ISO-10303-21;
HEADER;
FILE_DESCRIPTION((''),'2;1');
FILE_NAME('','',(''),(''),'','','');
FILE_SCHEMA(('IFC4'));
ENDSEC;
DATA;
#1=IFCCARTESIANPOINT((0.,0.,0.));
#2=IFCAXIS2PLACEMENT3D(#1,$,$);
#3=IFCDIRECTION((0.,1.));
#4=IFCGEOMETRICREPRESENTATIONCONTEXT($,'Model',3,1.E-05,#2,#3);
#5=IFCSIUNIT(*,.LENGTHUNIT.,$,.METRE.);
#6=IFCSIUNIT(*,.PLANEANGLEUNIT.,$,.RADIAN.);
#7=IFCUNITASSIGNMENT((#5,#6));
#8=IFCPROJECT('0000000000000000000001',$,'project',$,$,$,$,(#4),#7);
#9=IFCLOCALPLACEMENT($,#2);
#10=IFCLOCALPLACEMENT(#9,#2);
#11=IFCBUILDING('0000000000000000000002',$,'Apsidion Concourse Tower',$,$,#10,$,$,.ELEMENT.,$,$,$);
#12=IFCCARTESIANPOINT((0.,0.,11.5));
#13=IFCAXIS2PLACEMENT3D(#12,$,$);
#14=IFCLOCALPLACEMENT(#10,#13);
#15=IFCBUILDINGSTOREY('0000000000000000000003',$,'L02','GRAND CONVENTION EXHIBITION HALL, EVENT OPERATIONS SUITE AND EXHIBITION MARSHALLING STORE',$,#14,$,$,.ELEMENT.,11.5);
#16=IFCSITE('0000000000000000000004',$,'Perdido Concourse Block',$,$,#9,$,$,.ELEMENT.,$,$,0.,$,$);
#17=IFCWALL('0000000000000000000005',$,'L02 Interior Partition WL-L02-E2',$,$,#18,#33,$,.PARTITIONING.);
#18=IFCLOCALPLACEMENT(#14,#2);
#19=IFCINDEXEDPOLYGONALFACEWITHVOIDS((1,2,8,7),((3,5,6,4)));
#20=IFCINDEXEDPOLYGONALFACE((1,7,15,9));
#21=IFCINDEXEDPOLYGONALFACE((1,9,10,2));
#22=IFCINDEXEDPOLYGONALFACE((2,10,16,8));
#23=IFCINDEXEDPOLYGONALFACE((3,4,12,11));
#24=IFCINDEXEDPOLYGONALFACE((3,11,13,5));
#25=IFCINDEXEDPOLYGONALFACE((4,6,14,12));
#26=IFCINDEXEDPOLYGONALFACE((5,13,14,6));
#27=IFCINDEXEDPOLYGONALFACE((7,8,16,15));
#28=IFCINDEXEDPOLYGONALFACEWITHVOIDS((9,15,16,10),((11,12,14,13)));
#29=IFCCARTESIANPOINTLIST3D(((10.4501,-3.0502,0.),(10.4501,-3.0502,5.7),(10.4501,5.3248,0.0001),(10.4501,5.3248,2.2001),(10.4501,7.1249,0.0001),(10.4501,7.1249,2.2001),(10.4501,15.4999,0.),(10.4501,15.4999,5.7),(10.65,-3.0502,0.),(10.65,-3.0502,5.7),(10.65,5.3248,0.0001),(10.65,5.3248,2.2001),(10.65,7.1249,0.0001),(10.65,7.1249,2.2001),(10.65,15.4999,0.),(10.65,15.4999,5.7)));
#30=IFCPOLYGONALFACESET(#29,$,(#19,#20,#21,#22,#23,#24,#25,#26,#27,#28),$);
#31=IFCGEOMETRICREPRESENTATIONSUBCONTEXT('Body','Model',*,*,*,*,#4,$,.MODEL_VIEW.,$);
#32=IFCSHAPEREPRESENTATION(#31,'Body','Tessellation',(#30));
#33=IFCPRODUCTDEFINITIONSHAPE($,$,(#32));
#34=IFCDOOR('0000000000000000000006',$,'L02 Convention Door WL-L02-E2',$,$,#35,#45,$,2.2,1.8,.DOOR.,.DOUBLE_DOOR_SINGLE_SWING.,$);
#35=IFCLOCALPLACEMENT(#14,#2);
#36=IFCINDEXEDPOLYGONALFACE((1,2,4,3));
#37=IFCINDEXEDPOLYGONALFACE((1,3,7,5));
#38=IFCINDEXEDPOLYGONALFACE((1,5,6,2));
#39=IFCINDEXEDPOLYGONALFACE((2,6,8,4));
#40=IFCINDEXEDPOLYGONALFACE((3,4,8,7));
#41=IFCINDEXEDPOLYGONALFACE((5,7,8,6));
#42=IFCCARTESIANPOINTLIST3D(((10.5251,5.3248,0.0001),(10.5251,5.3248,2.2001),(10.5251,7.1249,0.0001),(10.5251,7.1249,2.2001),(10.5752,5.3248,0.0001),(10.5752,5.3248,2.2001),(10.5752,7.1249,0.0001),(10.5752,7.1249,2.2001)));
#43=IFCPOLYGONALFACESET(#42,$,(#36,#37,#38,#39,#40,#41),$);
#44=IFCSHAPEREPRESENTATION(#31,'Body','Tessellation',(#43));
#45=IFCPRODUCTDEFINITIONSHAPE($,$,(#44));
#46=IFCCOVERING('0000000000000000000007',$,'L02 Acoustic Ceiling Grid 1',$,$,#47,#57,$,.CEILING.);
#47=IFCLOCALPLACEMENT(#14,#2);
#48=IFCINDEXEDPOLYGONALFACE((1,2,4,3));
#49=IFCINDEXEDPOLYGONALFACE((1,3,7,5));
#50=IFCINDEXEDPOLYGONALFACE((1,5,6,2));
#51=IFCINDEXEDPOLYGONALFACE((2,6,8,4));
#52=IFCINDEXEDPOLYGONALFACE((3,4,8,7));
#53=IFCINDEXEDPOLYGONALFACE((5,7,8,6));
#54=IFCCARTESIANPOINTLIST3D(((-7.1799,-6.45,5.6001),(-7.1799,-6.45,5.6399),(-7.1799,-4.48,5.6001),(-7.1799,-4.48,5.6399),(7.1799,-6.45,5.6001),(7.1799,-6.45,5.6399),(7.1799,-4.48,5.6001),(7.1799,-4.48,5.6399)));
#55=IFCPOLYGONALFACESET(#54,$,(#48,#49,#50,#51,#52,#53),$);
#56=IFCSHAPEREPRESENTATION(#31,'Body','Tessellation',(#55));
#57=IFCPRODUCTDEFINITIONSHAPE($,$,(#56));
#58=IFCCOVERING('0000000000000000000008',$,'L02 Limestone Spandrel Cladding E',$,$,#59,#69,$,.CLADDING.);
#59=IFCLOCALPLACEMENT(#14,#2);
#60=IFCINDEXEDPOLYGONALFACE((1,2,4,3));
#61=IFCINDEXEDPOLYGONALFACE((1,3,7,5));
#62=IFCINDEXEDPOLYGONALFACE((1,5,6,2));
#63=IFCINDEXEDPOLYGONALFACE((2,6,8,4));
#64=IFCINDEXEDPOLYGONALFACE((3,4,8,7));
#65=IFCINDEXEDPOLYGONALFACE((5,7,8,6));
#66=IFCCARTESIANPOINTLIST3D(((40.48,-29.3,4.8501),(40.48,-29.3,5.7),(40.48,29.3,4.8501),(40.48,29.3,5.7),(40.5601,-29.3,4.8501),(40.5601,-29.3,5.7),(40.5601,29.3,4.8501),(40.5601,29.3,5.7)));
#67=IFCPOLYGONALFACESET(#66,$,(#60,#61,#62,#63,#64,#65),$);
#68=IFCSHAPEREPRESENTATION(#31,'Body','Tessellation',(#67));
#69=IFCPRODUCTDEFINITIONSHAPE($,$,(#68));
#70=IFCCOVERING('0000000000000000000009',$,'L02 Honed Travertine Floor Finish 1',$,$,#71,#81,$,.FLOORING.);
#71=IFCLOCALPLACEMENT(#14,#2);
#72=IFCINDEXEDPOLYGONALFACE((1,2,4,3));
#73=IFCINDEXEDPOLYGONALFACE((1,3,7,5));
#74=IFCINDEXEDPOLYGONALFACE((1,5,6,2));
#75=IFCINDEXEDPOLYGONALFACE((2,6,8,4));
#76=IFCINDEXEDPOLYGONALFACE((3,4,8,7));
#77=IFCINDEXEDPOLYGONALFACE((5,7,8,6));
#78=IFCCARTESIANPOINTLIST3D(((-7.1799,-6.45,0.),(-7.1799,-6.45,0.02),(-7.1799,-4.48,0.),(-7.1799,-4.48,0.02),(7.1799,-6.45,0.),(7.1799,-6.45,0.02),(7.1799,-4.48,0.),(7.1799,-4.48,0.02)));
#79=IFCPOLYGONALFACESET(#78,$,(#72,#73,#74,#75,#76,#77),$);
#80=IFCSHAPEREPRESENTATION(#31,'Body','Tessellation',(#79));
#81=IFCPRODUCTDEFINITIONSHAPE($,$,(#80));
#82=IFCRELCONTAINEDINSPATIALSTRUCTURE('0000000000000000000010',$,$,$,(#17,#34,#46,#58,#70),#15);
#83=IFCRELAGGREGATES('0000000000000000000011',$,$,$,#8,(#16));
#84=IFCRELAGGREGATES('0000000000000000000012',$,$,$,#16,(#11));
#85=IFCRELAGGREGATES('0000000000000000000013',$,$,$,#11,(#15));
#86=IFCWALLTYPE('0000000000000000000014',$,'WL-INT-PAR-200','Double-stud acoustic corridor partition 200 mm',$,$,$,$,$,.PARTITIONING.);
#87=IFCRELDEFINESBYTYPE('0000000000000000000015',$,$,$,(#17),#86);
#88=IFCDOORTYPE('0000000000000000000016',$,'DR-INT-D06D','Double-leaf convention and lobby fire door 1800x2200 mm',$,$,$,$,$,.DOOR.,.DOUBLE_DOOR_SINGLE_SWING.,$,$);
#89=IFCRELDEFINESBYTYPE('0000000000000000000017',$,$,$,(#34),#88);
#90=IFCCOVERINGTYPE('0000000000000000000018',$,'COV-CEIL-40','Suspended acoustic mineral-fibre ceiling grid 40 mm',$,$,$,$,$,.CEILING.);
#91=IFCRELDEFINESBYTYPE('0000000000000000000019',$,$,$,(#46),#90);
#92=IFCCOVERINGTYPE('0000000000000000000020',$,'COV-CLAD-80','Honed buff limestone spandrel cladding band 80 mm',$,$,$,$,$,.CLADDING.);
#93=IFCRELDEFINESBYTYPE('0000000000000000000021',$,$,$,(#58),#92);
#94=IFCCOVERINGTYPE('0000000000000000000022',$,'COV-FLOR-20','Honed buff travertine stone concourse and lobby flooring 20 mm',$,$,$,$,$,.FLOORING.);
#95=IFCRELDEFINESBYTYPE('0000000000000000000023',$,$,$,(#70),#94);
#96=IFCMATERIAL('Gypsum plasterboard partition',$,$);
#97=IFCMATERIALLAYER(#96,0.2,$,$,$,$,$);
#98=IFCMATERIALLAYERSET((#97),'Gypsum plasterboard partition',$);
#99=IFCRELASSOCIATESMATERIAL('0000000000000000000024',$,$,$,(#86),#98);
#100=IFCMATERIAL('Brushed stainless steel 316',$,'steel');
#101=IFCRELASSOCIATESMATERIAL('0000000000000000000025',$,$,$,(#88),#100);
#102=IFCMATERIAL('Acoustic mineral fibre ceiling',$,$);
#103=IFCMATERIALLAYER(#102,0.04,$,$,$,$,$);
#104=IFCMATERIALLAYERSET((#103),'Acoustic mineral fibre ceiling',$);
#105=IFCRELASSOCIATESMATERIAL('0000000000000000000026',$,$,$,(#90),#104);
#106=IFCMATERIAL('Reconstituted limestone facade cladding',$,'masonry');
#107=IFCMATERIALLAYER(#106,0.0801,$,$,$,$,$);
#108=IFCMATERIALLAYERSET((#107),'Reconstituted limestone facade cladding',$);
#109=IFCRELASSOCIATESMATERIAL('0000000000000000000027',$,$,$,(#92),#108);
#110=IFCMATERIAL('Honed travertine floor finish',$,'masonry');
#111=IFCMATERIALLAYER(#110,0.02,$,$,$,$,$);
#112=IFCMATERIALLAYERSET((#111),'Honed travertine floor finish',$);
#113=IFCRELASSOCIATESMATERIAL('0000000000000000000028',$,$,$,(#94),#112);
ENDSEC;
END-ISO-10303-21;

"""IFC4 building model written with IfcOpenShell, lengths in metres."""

from ifc_helpers import new_model, si_unit, direction, frame, frame_2d, origin, place, context, subcontext, project, spatial, polyline, rectangle, outline, extrude, material, layer, layer_set, type_object, element, fill, save


model = new_model("IFC4")

# Units and contexts
model_context = context("Model", 3, precision=1e-05, world=origin(), true_north=direction((0.0, 1.0)))
body_context = subcontext(model_context, "Body", "Model", "MODEL_VIEW")
ifc_project = project(units=[si_unit("LENGTHUNIT", "METRE"), si_unit("PLANEANGLEUNIT", "RADIAN")], contexts=[model_context])

# Site, building, storey
site_placement = place(None, origin())
site = spatial("IfcSite", under=ifc_project, at=site_placement, Name="Perdido Concourse Block", CompositionType="ELEMENT", RefElevation=0.0)
building_placement = place(site_placement, origin())
building = spatial("IfcBuilding", under=site, at=building_placement, Name="Apsidion Concourse Tower", CompositionType="ELEMENT")
storey_placement = place(building_placement, frame((0.0, 0.0, 11.5)))
storey = spatial("IfcBuildingStorey", under=building, at=storey_placement, Name="L02", Description="GRAND CONVENTION EXHIBITION HALL, EVENT OPERATIONS SUITE AND EXHIBITION MARSHALLING STORE", CompositionType="ELEMENT", Elevation=11.5)

# Shared definitions
ifc_material_1 = material(Name="Gypsum plasterboard partition")

# Wall, opening, door
ifc_layer_1 = layer(ifc_material_1, 0.2)
ifc_layer_set_1 = layer_set([ifc_layer_1], Name="Gypsum plasterboard partition")
wall_type_1 = type_object("IfcWallType", Name="WL-INT-PAR-200", Description="Double-stud acoustic corridor partition 200 mm", PredefinedType="PARTITIONING", material=ifc_layer_set_1)
ifc_material_2 = material(Name="Brushed stainless steel 316", Category="steel")
wall_1_placement = place(storey_placement, frame((10.55, -3.05, 0.0), z_axis=(0.0, 0.0, 1.0), x_axis=(0.0, 1.0, 0.0)))
wall_1 = element("IfcWall", 1, at=wall_1_placement, inside=storey, type_object=wall_type_1, Name="L02 Interior Partition WL-L02-E2", PredefinedType="PARTITIONING", context=body_context, shape_type="SweptSolid", body=[
    extrude(rectangle(XDim=18.55, YDim=0.2, at=frame_2d((9.2749, 0.0))), origin(), (0.0, 0.0, 1.0), 5.7),
])
opening_1_placement = place(wall_1_placement, frame((8.375, 0.0, 0.0)))
opening_1 = element("IfcOpeningElement", 2, at=opening_1_placement, cuts=wall_1, PredefinedType="OPENING", context=body_context, shape_type="SweptSolid", body=[
    extrude(rectangle(XDim=1.8, YDim=2.2, at=frame_2d((0.8999, 1.1001))), frame((0.0, 0.1099, 0.0), z_axis=(0.0, -1.0, 0.0), x_axis=(1.0, 0.0, 0.0)), (0.0, 0.0, 1.0), 0.22),
])
door_type_1 = type_object("IfcDoorType", Name="DR-INT-D06D", Description="Double-leaf convention and lobby fire door 1800x2200 mm", OperationType="DOUBLE_DOOR_SINGLE_SWING", PredefinedType="DOOR", material=ifc_material_2)
door_1_placement = place(opening_1_placement, origin())
door_1 = element("IfcDoor", 3, at=door_1_placement, inside=storey, type_object=door_type_1, Name="L02 Convention Door WL-L02-E2", OperationType="DOUBLE_DOOR_SINGLE_SWING", OverallHeight=2.2, OverallWidth=1.8, PredefinedType="DOOR", context=body_context, shape_type="SweptSolid", body=[
    extrude(rectangle(XDim=1.8, YDim=2.2, at=frame_2d((0.8999, 1.1001))), frame((0.0, 0.0249, 0.0), z_axis=(0.0, -1.0, 0.0), x_axis=(1.0, 0.0, 0.0)), (0.0, 0.0, 1.0), 0.05),
])
fill(opening_1, door_1)

# Coverings
ifc_material_3 = material(Name="Acoustic mineral fibre ceiling")
ifc_layer_2 = layer(ifc_material_3, 0.04)
ifc_layer_set_2 = layer_set([ifc_layer_2], Name="Acoustic mineral fibre ceiling")
covering_type_1 = type_object("IfcCoveringType", Name="COV-CEIL-40", Description="Suspended acoustic mineral-fibre ceiling grid 40 mm", PredefinedType="CEILING", material=ifc_layer_set_2)
covering_1_placement = place(storey_placement, frame((0.0, 0.0, 5.6001)))
element("IfcCovering", 4, at=covering_1_placement, inside=storey, type_object=covering_type_1, Name="L02 Acoustic Ceiling Grid 1", PredefinedType="CEILING", context=body_context, shape_type="SweptSolid", body=[
    extrude(outline(polyline([(-7.1799, -6.45), (-7.1799, -4.48), (7.1799, -4.48), (7.1799, -6.45), (-7.1799, -6.45)])), origin(), (0.0, 0.0, 1.0), 0.0398),
])
ifc_material_4 = material(Name="Reconstituted limestone facade cladding", Category="masonry")
ifc_layer_3 = layer(ifc_material_4, 0.0801)
ifc_layer_set_3 = layer_set([ifc_layer_3], Name="Reconstituted limestone facade cladding")
covering_type_2 = type_object("IfcCoveringType", Name="COV-CLAD-80", Description="Honed buff limestone spandrel cladding band 80 mm", PredefinedType="CLADDING", material=ifc_layer_set_3)
covering_2_placement = place(storey_placement, frame((0.0, 0.0, 4.8501)))
element("IfcCovering", 5, at=covering_2_placement, inside=storey, type_object=covering_type_2, Name="L02 Limestone Spandrel Cladding E", PredefinedType="CLADDING", context=body_context, shape_type="SweptSolid", body=[
    extrude(outline(polyline([(40.48, 29.3), (40.48, -29.3), (40.5601, -29.3), (40.5601, 29.3), (40.48, 29.3)])), origin(), (0.0, 0.0, 1.0), 0.8499),
])
ifc_material_5 = material(Name="Honed travertine floor finish", Category="masonry")
ifc_layer_4 = layer(ifc_material_5, 0.02)
ifc_layer_set_4 = layer_set([ifc_layer_4], Name="Honed travertine floor finish")
covering_type_3 = type_object("IfcCoveringType", Name="COV-FLOR-20", Description="Honed buff travertine stone concourse and lobby flooring 20 mm", PredefinedType="FLOORING", material=ifc_layer_set_4)
covering_3_placement = place(storey_placement, origin())
element("IfcCovering", 6, at=covering_3_placement, inside=storey, type_object=covering_type_3, Name="L02 Honed Travertine Floor Finish 1", PredefinedType="FLOORING", context=body_context, shape_type="SweptSolid", body=[
    extrude(outline(polyline([(-7.1799, -6.45), (-7.1799, -4.48), (7.1799, -4.48), (7.1799, -6.45), (-7.1799, -6.45)])), origin(), (0.0, 0.0, 1.0), 0.02),
])

save(model, "model.ifc")
